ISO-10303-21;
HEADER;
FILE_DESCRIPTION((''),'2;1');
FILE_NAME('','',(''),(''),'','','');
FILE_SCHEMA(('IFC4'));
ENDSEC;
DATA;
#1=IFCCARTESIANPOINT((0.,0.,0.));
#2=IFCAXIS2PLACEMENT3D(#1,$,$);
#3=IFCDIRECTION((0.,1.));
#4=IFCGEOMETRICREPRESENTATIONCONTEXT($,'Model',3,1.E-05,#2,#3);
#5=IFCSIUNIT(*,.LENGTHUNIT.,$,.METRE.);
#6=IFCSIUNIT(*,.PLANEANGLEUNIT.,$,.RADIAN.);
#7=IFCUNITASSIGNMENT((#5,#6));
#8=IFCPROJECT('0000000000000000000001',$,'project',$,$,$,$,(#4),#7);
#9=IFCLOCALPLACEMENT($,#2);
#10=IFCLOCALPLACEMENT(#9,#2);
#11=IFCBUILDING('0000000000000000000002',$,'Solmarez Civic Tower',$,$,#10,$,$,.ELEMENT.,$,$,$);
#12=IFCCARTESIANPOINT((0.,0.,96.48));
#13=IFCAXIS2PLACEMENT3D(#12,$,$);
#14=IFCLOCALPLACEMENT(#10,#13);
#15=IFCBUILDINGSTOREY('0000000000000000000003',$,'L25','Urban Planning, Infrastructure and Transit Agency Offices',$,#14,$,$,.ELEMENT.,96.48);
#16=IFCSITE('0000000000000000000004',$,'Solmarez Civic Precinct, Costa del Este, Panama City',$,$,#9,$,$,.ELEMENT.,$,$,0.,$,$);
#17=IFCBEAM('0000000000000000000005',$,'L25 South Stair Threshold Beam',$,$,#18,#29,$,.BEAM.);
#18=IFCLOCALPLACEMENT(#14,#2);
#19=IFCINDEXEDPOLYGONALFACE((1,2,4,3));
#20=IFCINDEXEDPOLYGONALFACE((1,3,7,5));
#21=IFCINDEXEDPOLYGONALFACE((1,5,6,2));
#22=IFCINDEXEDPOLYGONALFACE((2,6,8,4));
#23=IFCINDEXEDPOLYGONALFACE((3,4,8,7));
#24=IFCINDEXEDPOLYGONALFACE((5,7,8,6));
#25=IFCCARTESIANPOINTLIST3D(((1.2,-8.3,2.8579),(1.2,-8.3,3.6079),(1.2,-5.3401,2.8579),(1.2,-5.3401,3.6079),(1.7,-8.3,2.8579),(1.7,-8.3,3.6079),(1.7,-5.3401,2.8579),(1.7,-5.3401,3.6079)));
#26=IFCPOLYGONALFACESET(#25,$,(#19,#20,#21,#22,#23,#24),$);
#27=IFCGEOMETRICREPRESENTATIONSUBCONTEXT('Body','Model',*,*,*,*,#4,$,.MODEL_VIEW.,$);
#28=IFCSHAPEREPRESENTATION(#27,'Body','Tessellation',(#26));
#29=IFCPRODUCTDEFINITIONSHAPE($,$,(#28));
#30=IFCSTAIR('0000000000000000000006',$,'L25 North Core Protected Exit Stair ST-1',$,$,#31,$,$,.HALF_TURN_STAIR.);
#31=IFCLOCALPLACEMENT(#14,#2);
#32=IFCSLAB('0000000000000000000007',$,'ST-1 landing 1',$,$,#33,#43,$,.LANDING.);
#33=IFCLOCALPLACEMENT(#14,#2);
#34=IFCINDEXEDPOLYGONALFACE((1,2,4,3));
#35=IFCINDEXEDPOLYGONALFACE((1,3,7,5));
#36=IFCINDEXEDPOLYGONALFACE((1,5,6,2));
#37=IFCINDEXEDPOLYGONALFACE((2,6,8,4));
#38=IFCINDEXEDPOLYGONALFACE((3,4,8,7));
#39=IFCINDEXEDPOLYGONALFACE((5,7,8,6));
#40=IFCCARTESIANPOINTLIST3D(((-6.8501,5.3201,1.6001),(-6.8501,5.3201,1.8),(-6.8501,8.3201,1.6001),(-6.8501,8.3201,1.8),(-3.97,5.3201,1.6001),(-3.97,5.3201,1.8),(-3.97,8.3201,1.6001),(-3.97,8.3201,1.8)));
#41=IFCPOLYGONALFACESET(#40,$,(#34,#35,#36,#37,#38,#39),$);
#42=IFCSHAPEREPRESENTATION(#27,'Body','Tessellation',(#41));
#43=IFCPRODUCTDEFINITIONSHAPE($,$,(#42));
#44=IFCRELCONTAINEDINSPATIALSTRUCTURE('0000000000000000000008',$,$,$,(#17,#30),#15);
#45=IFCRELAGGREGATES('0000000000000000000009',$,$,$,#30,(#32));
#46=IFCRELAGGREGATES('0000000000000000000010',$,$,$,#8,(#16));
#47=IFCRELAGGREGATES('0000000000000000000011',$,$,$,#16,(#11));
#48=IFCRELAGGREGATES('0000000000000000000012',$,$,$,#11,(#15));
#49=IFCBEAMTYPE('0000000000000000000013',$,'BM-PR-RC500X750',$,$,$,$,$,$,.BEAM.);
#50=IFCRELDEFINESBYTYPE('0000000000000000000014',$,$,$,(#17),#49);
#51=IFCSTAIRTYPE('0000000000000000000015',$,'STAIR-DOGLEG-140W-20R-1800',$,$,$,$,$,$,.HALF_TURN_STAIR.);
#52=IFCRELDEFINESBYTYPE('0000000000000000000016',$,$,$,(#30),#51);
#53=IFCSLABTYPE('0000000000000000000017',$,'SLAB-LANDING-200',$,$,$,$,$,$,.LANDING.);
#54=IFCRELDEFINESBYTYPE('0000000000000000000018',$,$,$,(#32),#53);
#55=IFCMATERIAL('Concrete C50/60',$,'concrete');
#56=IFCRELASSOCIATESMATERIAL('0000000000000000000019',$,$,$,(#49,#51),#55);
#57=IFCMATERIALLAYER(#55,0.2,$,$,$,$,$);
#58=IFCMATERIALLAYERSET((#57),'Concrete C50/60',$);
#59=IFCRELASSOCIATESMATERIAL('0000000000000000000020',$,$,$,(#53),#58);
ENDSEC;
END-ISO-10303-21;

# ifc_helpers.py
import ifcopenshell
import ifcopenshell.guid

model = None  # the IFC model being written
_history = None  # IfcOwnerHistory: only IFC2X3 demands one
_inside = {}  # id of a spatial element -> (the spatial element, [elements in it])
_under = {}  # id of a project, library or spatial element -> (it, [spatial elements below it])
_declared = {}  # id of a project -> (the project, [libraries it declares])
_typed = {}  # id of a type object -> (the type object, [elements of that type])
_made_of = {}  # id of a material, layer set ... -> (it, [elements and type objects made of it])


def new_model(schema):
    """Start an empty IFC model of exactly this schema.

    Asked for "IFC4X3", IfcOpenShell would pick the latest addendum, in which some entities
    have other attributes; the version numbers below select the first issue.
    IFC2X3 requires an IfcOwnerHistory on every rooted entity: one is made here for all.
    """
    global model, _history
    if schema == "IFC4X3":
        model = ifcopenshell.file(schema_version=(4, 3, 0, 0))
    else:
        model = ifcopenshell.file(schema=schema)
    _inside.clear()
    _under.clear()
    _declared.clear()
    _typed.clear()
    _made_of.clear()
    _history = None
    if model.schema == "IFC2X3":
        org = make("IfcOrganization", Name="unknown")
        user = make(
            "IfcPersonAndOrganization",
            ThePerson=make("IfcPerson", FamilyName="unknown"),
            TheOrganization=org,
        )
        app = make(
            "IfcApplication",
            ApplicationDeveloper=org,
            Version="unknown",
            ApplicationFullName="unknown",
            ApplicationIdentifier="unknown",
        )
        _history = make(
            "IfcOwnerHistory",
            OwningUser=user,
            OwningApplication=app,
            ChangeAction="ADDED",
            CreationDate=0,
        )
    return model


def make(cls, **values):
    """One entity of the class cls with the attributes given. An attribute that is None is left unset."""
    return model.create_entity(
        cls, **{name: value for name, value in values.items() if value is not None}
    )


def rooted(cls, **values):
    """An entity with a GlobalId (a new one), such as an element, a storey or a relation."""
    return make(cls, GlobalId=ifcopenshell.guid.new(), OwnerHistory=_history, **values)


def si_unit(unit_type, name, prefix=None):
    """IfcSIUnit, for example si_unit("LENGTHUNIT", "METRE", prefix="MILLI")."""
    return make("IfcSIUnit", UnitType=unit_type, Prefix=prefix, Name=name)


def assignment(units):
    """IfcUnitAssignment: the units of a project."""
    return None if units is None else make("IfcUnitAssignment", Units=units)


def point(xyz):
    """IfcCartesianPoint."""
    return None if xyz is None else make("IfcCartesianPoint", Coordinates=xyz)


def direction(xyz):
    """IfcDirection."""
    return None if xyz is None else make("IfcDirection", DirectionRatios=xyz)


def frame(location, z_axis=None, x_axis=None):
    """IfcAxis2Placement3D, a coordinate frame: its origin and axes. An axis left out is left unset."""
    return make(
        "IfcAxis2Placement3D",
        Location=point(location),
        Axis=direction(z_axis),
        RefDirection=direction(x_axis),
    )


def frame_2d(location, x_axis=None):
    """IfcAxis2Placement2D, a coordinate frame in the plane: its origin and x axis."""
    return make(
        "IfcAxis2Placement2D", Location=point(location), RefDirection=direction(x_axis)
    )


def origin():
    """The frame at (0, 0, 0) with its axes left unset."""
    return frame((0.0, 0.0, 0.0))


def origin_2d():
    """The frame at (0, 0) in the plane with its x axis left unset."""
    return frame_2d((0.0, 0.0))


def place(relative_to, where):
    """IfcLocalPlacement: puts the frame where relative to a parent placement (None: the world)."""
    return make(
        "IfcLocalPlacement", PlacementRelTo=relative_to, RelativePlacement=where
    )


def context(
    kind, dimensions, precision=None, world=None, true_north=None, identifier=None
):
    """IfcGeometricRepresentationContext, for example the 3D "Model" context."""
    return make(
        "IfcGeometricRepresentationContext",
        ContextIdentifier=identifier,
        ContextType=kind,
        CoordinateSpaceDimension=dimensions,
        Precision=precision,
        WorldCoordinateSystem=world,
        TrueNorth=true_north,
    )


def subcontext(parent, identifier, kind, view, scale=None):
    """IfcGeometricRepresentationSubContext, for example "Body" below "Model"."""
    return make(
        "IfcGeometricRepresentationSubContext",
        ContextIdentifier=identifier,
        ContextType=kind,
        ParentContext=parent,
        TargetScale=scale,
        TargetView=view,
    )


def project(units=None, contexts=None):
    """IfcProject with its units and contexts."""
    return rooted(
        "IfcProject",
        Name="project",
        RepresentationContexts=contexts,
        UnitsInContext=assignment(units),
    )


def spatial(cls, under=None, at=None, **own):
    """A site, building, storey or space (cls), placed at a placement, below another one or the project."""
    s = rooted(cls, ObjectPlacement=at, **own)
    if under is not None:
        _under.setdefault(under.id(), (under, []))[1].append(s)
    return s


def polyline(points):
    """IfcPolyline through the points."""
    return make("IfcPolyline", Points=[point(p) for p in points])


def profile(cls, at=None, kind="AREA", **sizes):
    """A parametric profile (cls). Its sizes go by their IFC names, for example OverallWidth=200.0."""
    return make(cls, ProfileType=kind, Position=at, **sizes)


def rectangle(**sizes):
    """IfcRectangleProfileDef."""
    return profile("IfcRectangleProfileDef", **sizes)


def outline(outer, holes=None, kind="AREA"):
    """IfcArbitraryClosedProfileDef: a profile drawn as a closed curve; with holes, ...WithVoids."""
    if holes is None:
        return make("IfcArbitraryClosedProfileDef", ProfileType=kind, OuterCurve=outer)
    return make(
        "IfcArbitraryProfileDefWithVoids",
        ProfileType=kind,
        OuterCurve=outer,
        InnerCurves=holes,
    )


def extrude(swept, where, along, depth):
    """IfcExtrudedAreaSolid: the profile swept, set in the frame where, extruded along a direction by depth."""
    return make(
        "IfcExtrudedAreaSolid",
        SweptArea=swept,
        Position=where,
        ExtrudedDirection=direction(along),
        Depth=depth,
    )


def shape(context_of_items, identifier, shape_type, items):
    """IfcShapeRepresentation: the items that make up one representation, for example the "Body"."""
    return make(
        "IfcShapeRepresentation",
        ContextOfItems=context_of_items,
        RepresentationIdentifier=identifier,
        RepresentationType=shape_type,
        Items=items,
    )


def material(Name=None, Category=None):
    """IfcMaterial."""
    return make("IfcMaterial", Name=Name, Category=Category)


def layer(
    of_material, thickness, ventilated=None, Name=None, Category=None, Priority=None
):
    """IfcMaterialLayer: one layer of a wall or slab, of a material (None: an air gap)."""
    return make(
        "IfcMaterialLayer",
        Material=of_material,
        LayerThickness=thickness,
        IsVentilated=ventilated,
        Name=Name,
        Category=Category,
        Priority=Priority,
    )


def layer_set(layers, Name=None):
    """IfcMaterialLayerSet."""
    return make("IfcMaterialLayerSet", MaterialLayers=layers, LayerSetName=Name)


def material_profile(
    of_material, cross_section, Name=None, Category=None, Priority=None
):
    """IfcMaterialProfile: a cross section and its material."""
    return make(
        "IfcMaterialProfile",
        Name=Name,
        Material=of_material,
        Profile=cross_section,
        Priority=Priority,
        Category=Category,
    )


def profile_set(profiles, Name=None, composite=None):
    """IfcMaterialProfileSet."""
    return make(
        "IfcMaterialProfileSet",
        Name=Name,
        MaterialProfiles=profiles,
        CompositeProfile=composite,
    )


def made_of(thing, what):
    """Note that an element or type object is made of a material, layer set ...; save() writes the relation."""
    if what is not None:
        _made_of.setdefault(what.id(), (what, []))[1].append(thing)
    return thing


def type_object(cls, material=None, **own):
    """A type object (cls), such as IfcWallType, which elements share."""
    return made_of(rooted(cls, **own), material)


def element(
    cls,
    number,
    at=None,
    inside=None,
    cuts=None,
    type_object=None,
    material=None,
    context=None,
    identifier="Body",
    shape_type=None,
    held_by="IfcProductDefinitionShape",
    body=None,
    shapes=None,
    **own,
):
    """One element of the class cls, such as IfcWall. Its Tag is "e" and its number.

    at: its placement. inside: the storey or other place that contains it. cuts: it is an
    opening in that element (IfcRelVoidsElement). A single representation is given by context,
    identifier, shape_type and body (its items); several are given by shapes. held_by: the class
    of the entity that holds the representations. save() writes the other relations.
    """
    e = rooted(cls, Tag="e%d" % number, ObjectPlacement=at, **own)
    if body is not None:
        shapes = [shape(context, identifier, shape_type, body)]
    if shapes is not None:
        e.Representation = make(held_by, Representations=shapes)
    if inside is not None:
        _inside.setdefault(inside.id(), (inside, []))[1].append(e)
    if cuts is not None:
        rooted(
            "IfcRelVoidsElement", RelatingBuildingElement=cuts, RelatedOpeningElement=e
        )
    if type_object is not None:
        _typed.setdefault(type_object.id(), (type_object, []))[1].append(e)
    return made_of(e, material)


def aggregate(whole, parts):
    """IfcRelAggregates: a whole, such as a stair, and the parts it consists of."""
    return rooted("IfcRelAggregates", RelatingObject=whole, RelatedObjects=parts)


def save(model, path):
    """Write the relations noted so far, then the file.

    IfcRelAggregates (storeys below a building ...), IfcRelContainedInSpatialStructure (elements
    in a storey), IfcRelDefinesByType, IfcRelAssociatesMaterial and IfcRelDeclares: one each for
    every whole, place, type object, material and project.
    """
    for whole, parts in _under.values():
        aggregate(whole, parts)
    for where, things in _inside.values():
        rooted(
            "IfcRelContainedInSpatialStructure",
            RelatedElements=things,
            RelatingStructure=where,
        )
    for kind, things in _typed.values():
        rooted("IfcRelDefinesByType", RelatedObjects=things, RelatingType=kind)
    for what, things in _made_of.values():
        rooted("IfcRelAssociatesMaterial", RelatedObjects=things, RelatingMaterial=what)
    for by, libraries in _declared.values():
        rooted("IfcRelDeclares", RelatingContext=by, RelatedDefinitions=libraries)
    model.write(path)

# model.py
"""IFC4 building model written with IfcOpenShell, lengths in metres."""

from ifc_helpers import new_model, si_unit, direction, frame, origin, origin_2d, place, context, subcontext, project, spatial, polyline, rectangle, outline, extrude, material, layer, layer_set, material_profile, profile_set, type_object, element, aggregate, save


model = new_model("IFC4")

# Units and contexts
model_context = context("Model", 3, precision=1e-05, world=origin(), true_north=direction((0.0, 1.0)))
body_context = subcontext(model_context, "Body", "Model", "MODEL_VIEW")
ifc_project = project(units=[si_unit("LENGTHUNIT", "METRE"), si_unit("PLANEANGLEUNIT", "RADIAN")], contexts=[model_context])

# Site, building, storey
site_placement = place(None, origin())
site = spatial("IfcSite", under=ifc_project, at=site_placement, Name="Solmarez Civic Precinct, Costa del Este, Panama City", CompositionType="ELEMENT", RefElevation=0.0)
building_placement = place(site_placement, origin())
building = spatial("IfcBuilding", under=site, at=building_placement, Name="Solmarez Civic Tower", CompositionType="ELEMENT")
storey_placement = place(building_placement, frame((0.0, 0.0, 96.48)))
storey = spatial("IfcBuildingStorey", under=building, at=storey_placement, Name="L25", Description="Urban Planning, Infrastructure and Transit Agency Offices", CompositionType="ELEMENT", Elevation=96.48)

# Beam
ifc_material_1 = material(Name="Concrete C50/60", Category="concrete")
ifc_material_profile = material_profile(ifc_material_1, rectangle(XDim=0.5, YDim=0.75, at=origin_2d()), Name="RC500X750")
ifc_profile_set = profile_set([ifc_material_profile], Name="Concrete C50/60")
beam_type = type_object("IfcBeamType", Name="BM-PR-RC500X750", PredefinedType="BEAM", material=ifc_profile_set)
beam_placement = place(storey_placement, frame((1.45, -8.3, 3.2329), z_axis=(0.0, 1.0, 0.0), x_axis=(-1.0, 0.0, 0.0)))
element("IfcBeam", 1, at=beam_placement, inside=storey, type_object=beam_type, Name="L25 South Stair Threshold Beam", PredefinedType="BEAM", context=body_context, shape_type="SweptSolid", body=[
    extrude(rectangle(XDim=0.5, YDim=0.75, at=origin_2d()), origin(), (0.0, 0.0, 1.0), 2.96),
])

# Stair, slab
stair_type = type_object("IfcStairType", Name="STAIR-DOGLEG-140W-20R-1800", PredefinedType="HALF_TURN_STAIR", material=ifc_material_1)
stair_1_placement = place(storey_placement, origin())
stair_1 = element("IfcStair", 2, at=stair_1_placement, inside=storey, type_object=stair_type, Name="L25 North Core Protected Exit Stair ST-1", PredefinedType="HALF_TURN_STAIR")
ifc_layer_1 = layer(ifc_material_1, 0.2)
ifc_layer_set_1 = layer_set([ifc_layer_1], Name="Concrete C50/60")
slab_type_1 = type_object("IfcSlabType", Name="SLAB-LANDING-200", PredefinedType="LANDING", material=ifc_layer_set_1)
slab_1_placement = place(storey_placement, frame((0.0, 0.0, 1.6001)))
slab_1 = element("IfcSlab", 3, at=slab_1_placement, type_object=slab_type_1, Name="ST-1 landing 1", PredefinedType="LANDING", context=body_context, shape_type="SweptSolid", body=[
    extrude(outline(polyline([(-3.97, 8.3201), (-6.8501, 8.3201), (-6.8501, 5.3201), (-3.97, 5.3201), (-3.97, 8.3201)])), origin(), (0.0, 0.0, 1.0), 0.2),
])
aggregate(stair_1, [slab_1])

save(model, "model.ifc")
